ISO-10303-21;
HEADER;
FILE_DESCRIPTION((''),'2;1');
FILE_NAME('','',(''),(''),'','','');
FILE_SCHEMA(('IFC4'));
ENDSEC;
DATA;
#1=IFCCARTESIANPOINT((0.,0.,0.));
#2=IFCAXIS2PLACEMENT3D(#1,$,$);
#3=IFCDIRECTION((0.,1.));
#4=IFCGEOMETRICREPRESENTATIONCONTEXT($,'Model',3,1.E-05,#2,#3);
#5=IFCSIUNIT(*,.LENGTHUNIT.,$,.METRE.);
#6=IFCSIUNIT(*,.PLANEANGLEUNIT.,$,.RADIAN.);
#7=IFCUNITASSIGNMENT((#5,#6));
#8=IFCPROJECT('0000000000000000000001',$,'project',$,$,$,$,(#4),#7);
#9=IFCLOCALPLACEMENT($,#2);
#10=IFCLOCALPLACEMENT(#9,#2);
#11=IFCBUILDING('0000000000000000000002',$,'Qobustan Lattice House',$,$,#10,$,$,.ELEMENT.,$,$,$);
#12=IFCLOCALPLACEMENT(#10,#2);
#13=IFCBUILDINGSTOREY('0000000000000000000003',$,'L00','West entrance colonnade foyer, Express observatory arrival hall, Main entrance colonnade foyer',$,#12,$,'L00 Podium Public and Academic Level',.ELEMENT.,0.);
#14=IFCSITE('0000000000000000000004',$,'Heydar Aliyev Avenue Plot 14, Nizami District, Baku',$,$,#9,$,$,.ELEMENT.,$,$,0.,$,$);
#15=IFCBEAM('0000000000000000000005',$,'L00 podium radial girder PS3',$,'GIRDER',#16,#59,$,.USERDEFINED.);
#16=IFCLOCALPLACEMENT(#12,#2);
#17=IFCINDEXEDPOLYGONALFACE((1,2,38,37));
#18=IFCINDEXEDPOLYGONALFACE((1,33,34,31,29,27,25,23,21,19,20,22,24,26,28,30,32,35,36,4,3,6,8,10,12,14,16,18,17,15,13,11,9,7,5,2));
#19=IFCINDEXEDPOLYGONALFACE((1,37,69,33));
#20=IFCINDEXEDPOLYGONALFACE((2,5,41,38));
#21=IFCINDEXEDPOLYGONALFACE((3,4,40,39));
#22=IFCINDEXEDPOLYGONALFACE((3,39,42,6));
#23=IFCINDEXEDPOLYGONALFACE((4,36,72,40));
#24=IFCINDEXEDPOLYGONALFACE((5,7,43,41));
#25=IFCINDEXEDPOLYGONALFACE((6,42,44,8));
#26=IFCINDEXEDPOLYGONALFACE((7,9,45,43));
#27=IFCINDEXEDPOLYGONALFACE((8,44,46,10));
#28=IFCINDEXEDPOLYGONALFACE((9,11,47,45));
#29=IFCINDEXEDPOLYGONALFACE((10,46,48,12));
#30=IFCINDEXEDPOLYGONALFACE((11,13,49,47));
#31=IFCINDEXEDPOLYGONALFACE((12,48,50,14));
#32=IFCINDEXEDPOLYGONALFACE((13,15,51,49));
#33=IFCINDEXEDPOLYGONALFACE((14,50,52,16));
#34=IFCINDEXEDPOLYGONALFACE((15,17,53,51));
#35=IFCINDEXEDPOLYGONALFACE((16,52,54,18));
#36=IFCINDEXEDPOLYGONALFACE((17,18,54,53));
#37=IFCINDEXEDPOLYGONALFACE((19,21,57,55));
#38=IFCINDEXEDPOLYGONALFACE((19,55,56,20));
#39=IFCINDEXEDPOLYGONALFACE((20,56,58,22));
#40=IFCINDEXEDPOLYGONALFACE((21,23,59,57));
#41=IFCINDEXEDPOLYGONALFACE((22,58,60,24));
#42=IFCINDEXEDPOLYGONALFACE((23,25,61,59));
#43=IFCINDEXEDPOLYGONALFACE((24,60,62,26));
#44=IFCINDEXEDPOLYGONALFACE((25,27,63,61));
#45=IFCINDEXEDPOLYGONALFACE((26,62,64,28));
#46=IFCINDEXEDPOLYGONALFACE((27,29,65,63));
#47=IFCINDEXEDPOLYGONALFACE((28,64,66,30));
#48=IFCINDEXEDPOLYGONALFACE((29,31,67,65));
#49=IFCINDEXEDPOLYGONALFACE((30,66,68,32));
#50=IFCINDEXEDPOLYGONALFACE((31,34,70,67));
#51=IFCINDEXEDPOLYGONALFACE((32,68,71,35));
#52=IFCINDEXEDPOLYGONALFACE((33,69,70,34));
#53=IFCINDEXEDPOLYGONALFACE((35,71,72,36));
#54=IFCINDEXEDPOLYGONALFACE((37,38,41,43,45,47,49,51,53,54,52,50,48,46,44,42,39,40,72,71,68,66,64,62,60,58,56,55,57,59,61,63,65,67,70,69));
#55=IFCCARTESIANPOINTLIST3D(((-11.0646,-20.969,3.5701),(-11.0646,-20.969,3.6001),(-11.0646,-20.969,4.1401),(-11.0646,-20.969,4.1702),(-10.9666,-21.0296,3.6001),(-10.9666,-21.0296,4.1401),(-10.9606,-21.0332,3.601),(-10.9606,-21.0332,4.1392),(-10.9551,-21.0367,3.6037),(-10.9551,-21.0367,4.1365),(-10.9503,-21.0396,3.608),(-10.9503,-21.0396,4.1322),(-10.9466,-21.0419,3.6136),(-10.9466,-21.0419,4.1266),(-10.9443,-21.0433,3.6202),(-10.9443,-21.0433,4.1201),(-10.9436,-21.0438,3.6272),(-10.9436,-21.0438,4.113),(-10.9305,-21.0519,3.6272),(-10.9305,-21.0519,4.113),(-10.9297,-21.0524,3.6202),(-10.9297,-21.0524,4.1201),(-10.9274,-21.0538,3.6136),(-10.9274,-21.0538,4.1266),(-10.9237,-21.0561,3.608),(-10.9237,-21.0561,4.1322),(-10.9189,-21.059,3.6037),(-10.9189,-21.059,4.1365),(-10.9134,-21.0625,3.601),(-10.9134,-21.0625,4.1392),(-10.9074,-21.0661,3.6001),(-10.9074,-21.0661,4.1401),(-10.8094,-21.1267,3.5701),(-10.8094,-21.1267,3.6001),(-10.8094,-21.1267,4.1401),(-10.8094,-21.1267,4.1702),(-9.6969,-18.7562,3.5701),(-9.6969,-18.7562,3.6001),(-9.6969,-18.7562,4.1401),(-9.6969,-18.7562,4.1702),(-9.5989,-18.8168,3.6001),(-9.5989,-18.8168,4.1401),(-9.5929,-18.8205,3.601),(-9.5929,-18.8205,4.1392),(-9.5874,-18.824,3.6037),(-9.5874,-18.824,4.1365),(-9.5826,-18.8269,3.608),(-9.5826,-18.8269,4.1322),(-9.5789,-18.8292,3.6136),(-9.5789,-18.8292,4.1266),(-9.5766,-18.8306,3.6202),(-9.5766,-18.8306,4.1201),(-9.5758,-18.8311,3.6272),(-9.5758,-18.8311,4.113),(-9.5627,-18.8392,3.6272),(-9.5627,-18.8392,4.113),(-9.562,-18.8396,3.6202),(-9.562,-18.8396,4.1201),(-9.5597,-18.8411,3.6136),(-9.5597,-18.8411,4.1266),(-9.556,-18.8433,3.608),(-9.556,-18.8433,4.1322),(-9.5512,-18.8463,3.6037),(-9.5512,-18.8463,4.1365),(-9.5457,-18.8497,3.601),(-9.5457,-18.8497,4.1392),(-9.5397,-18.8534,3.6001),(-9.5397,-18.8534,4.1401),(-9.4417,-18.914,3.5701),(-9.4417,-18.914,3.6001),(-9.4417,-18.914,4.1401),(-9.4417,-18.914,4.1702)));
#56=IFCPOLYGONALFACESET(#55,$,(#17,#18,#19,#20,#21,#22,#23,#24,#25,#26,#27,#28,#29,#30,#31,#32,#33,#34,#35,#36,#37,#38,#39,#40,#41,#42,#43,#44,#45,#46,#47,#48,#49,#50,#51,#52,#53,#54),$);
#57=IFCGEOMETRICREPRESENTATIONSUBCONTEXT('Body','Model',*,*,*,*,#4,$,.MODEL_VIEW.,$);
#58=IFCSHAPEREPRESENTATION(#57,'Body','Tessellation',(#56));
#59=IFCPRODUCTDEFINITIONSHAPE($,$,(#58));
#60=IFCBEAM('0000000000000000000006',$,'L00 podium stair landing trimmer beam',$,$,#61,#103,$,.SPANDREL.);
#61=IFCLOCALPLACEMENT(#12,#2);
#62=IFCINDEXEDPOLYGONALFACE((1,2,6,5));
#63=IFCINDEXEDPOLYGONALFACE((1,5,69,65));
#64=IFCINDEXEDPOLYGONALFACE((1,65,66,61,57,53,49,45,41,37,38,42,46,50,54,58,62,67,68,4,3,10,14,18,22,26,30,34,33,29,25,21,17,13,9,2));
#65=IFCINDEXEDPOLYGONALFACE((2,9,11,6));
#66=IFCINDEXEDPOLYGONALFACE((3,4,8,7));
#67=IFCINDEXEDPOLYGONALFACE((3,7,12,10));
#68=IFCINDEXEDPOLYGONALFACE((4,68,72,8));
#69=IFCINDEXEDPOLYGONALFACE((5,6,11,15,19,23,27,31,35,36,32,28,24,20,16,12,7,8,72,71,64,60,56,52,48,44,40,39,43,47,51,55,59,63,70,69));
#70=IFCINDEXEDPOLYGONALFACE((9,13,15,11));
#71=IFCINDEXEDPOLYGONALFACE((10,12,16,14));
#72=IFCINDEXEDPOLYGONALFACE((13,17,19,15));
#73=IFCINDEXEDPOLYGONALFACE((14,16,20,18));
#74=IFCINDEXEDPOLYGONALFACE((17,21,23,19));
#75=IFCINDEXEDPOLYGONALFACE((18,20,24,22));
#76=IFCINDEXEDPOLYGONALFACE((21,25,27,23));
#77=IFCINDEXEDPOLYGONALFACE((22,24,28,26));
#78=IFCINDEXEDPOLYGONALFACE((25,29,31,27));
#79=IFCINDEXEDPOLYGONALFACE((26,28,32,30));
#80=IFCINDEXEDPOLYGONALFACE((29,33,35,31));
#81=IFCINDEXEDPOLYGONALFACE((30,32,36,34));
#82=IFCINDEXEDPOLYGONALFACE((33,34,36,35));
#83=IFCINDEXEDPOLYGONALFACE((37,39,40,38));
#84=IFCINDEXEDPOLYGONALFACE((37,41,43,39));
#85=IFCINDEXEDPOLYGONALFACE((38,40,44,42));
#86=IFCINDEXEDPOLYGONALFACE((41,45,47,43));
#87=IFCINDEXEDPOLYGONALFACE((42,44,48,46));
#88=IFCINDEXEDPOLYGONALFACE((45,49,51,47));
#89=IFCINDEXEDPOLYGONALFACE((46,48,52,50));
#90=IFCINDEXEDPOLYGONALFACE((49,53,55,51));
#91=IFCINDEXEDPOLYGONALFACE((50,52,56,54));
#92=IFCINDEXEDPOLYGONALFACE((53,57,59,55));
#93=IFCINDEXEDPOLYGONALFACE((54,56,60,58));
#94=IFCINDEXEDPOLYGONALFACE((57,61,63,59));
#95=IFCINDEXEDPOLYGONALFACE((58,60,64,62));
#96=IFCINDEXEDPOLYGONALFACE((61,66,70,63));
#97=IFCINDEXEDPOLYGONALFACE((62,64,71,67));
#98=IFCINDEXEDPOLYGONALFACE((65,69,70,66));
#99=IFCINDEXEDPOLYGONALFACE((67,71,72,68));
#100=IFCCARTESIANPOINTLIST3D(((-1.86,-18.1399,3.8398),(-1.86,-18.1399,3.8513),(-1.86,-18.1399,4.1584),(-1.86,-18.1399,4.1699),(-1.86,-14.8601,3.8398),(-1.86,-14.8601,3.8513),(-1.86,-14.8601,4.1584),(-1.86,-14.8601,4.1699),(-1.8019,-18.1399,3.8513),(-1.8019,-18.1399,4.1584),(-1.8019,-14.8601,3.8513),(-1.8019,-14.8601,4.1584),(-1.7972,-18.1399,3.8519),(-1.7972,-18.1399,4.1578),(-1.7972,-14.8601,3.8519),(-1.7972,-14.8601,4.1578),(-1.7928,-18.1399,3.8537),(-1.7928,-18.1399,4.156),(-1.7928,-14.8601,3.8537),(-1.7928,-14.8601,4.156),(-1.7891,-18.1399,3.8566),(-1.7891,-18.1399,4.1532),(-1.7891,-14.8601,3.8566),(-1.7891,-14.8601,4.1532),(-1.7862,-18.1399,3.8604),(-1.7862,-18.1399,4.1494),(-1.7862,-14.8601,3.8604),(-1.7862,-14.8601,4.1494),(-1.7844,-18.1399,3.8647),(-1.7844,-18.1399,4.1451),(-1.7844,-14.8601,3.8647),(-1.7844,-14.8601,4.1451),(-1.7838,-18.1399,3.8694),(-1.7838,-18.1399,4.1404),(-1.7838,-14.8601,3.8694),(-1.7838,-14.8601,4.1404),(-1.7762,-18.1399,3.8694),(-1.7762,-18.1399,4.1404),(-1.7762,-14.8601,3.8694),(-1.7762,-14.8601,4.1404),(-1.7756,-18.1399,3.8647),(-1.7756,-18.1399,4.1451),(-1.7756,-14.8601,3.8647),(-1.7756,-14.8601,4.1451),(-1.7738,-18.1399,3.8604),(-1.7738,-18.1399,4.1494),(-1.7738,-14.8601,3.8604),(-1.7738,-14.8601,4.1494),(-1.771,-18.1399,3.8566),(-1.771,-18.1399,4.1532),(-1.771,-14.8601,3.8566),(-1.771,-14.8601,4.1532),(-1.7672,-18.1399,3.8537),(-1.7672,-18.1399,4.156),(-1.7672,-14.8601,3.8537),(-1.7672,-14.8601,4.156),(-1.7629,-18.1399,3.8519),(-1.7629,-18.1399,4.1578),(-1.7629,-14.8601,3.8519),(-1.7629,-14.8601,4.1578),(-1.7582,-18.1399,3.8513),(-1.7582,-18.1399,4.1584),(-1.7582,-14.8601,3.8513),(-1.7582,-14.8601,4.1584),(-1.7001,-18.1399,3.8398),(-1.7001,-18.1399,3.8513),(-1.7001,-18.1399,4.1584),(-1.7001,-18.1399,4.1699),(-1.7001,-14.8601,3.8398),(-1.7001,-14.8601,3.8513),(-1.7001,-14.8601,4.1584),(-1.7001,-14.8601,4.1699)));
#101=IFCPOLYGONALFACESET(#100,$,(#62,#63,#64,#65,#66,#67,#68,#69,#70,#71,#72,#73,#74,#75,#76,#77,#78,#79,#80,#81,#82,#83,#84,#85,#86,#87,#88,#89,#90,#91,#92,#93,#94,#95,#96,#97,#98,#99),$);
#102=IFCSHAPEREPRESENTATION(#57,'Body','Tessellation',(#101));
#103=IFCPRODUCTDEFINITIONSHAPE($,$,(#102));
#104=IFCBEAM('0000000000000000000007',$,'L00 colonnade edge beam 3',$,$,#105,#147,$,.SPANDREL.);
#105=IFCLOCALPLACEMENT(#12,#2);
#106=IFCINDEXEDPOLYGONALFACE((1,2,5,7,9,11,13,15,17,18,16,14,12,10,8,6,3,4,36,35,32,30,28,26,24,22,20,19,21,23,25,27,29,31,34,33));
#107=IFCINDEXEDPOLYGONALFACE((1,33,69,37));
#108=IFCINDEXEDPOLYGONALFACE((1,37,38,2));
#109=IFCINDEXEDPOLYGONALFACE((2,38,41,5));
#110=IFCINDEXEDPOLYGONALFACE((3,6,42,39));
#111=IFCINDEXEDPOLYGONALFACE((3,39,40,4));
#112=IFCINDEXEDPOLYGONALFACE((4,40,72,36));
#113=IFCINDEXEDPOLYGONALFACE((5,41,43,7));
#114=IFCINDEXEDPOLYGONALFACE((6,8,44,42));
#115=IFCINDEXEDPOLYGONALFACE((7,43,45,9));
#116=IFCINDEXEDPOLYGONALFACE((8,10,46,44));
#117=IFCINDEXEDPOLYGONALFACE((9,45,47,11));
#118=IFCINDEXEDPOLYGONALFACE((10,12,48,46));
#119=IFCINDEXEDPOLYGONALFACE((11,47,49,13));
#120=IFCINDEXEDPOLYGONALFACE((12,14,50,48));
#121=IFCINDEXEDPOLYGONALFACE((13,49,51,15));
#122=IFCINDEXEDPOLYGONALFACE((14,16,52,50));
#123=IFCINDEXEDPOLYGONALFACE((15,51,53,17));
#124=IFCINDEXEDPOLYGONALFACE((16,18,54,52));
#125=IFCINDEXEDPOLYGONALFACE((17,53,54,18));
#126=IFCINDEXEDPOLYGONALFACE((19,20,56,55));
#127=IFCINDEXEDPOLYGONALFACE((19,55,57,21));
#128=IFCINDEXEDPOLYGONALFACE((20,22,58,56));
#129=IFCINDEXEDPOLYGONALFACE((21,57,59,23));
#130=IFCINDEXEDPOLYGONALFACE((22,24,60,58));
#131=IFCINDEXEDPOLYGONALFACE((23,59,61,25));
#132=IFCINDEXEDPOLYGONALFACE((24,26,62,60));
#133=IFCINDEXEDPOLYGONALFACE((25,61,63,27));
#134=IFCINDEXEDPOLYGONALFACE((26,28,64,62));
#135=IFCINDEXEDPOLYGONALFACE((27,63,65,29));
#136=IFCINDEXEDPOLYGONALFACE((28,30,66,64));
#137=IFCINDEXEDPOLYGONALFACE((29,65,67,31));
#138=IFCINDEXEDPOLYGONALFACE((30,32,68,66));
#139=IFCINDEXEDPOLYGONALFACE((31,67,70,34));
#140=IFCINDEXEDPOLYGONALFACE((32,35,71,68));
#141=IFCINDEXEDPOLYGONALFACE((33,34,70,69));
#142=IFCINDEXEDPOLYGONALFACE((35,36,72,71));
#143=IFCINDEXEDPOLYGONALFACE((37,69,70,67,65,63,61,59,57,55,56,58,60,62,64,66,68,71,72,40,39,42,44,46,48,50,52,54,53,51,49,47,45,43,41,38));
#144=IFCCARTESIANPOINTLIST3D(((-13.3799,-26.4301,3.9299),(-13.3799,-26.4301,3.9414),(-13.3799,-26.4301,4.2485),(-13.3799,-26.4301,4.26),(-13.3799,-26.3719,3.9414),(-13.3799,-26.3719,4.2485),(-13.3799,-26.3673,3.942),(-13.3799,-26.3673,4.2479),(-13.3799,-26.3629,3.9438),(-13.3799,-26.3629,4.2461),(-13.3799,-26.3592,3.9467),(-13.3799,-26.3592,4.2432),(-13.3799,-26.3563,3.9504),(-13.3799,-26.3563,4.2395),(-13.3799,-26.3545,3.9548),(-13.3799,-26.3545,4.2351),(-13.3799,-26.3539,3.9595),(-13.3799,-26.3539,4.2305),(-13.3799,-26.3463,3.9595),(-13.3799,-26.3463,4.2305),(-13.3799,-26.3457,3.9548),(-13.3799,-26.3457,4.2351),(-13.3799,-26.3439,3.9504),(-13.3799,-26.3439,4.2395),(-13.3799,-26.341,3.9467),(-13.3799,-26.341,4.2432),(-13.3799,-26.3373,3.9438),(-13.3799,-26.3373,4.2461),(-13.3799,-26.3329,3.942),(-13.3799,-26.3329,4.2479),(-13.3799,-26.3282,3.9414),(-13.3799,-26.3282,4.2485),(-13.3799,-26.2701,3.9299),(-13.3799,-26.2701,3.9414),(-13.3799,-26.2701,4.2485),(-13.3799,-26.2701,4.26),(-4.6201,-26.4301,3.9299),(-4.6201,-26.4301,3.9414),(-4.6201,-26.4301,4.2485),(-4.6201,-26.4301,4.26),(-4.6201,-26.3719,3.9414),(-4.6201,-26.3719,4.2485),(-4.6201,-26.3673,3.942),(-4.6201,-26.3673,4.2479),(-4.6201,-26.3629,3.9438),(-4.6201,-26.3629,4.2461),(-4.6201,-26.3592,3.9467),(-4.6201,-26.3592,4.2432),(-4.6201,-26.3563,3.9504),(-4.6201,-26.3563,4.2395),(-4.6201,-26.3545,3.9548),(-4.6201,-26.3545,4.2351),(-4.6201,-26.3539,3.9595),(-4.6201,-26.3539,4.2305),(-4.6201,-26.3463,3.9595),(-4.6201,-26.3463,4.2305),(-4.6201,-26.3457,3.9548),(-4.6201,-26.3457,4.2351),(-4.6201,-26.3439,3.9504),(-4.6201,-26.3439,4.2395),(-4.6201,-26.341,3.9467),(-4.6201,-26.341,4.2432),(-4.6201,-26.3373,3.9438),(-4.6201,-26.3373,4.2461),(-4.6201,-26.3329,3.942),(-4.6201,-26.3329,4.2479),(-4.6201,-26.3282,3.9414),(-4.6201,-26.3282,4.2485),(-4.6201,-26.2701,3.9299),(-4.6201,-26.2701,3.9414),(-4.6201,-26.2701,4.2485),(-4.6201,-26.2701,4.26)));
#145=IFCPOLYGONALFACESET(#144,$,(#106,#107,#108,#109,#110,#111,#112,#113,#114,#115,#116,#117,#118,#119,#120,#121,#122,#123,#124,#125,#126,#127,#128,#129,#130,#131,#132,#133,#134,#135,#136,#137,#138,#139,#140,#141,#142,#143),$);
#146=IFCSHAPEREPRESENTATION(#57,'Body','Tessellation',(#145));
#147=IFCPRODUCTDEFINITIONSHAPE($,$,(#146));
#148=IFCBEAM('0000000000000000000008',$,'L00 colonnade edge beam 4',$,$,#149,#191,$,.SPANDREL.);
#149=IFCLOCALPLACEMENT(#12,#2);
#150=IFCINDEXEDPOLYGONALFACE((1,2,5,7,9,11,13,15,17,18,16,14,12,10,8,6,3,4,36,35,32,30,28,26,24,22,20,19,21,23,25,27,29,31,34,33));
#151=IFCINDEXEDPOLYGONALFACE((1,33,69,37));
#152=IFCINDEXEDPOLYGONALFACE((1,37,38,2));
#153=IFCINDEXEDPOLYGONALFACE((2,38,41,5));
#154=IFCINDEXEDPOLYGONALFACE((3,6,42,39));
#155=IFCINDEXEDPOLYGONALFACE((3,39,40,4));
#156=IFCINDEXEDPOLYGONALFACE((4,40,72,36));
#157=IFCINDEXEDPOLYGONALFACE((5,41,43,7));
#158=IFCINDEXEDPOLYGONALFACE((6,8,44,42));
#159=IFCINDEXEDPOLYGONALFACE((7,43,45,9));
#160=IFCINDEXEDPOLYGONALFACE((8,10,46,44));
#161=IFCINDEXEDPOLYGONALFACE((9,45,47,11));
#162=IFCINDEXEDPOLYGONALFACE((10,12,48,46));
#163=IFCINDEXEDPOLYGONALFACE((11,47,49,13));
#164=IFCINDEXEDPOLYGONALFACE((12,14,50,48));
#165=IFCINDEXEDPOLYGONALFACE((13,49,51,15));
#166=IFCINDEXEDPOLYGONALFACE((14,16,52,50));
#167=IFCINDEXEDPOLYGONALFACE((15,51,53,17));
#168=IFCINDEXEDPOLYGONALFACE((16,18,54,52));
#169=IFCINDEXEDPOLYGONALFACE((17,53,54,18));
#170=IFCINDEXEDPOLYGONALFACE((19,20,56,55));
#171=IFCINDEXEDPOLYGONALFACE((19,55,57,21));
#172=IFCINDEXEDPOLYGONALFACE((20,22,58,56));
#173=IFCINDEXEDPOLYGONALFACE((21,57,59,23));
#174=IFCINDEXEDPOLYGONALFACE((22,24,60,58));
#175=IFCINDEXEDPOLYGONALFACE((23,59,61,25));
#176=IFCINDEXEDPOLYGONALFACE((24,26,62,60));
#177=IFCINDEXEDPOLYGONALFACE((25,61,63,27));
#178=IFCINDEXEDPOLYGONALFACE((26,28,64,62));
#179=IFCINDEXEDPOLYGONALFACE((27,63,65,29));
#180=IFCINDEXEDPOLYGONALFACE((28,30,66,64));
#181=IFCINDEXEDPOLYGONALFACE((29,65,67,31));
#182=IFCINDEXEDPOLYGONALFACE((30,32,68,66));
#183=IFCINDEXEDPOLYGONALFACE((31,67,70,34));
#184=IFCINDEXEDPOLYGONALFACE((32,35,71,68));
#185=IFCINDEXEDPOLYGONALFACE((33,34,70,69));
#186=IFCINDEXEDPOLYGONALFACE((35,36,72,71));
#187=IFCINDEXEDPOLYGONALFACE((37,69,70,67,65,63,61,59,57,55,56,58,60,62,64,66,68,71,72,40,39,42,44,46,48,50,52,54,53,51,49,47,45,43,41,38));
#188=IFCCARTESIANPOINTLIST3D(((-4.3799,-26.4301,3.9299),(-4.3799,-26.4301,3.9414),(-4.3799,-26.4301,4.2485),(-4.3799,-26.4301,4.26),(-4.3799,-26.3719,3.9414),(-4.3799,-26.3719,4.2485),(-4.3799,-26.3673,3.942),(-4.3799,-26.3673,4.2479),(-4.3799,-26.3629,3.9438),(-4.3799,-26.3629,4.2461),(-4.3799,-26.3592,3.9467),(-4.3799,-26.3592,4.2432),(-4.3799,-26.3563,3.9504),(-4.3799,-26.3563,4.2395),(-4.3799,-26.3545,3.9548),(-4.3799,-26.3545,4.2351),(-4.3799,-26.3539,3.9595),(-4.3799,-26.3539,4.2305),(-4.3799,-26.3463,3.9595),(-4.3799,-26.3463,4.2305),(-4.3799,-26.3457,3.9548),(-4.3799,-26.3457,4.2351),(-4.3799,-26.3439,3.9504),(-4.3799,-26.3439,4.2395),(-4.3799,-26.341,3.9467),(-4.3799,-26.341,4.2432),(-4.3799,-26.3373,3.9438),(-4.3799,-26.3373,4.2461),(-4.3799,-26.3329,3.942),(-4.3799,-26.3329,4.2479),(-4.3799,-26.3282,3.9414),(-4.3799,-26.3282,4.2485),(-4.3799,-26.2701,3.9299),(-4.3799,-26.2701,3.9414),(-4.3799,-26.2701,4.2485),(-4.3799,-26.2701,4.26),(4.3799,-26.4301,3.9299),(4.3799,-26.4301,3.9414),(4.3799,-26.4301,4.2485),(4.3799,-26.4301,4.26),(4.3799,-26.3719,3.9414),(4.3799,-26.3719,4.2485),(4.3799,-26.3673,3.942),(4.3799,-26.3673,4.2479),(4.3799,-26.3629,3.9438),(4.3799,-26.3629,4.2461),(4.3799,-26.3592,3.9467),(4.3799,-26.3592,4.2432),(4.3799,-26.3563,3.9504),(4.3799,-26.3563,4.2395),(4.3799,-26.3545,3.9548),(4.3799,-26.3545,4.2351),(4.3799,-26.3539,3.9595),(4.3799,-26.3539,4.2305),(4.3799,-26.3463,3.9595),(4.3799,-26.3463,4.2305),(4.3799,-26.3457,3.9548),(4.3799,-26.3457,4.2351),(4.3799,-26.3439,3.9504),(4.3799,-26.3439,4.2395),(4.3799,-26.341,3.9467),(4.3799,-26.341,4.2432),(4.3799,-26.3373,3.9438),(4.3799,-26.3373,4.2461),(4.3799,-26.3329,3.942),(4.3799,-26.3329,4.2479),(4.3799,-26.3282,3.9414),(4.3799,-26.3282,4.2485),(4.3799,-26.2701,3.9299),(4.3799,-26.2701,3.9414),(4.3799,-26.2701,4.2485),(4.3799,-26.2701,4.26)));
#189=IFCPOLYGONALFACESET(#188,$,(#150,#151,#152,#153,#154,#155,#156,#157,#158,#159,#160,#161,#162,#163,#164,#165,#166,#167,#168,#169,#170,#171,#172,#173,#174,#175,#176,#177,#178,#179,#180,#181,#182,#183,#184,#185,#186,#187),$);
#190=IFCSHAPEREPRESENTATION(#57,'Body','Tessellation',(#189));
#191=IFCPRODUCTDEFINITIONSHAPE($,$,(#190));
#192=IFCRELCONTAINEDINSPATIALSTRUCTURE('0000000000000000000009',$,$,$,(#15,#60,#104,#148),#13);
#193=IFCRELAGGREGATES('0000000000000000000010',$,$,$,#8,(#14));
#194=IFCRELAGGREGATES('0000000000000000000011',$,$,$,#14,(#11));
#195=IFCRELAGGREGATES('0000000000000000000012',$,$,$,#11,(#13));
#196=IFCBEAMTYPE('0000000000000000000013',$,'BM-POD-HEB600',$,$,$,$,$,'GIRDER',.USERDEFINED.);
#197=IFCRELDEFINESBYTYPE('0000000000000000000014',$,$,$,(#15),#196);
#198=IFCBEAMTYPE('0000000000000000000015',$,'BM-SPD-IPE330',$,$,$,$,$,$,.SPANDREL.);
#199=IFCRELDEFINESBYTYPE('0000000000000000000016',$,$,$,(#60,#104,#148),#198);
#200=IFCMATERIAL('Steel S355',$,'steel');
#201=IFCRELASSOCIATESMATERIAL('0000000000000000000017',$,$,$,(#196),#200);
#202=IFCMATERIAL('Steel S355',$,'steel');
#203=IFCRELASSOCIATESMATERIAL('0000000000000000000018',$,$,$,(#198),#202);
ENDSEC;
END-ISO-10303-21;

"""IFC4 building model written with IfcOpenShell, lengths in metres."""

from ifc_helpers import new_model, si_unit, direction, frame, origin, origin_2d, place, context, subcontext, project, spatial, i_section, extrude, material, material_profile, profile_set, type_object, element, save


model = new_model("IFC4")

# Units and contexts
model_context = context("Model", 3, precision=1e-05, world=origin(), true_north=direction((0.0, 1.0)))
body_context = subcontext(model_context, "Body", "Model", "MODEL_VIEW")
ifc_project = project(units=[si_unit("LENGTHUNIT", "METRE"), si_unit("PLANEANGLEUNIT", "RADIAN")], contexts=[model_context])

# Site, building, storey
site_placement = place(None, origin())
site = spatial("IfcSite", under=ifc_project, at=site_placement, Name="Heydar Aliyev Avenue Plot 14, Nizami District, Baku", CompositionType="ELEMENT", RefElevation=0.0)
building_placement = place(site_placement, origin())
building = spatial("IfcBuilding", under=site, at=building_placement, Name="Qobustan Lattice House", CompositionType="ELEMENT")
storey_placement = place(building_placement, origin())
storey = spatial("IfcBuildingStorey", under=building, at=storey_placement, Name="L00", Description="West entrance colonnade foyer, Express observatory arrival hall, Main entrance colonnade foyer", LongName="L00 Podium Public and Academic Level", CompositionType="ELEMENT", Elevation=0.0)

# Beams
ifc_material_1 = material(Name="Steel S355", Category="steel")
ifc_material_profile_1 = material_profile(ifc_material_1, i_section(OverallWidth=0.3, OverallDepth=0.6001, WebThickness=0.0154, FlangeThickness=0.03, FilletRadius=0.0271, at=origin_2d()), Name="HEB600")
ifc_profile_set_1 = profile_set([ifc_material_profile_1], Name="Steel S355")
beam_type_1 = type_object("IfcBeamType", Name="BM-POD-HEB600", ElementType="GIRDER", PredefinedType="USERDEFINED", material=ifc_profile_set_1)
beam_1_placement = place(storey_placement, frame((-10.937, -21.0479, 3.8701), z_axis=(0.525783, 0.850619, 0.0), x_axis=(-0.850619, 0.525783, 0.0)))
element("IfcBeam", 1, at=beam_1_placement, inside=storey, type_object=beam_type_1, Name="L00 podium radial girder PS3", ObjectType="GIRDER", PredefinedType="USERDEFINED", context=body_context, shape_type="SweptSolid", body=[
    extrude(i_section(OverallWidth=0.3, OverallDepth=0.6001, WebThickness=0.0154, FlangeThickness=0.03, FilletRadius=0.0271, at=origin_2d()), origin(), (0.0, 0.0, 1.0), 2.6013),
])
ifc_material_2 = material(Name="Steel S355", Category="steel")
ifc_material_profile_2 = material_profile(ifc_material_2, i_section(OverallWidth=0.1599, OverallDepth=0.3301, WebThickness=0.0076, FlangeThickness=0.0115, FilletRadius=0.0181, at=origin_2d()), Name="IPE330")
ifc_profile_set_2 = profile_set([ifc_material_profile_2], Name="Steel S355")
beam_type_2 = type_object("IfcBeamType", Name="BM-SPD-IPE330", PredefinedType="SPANDREL", material=ifc_profile_set_2)
beam_2_placement = place(storey_placement, frame((-1.78, -18.1399, 4.0049), z_axis=(0.0, 1.0, 0.0), x_axis=(-1.0, 0.0, 0.0)))
element("IfcBeam", 2, at=beam_2_placement, inside=storey, type_object=beam_type_2, Name="L00 podium stair landing trimmer beam", PredefinedType="SPANDREL", context=body_context, shape_type="SweptSolid", body=[
    extrude(i_section(OverallWidth=0.1599, OverallDepth=0.3301, WebThickness=0.0076, FlangeThickness=0.0115, FilletRadius=0.0181, at=origin_2d()), origin(), (0.0, 0.0, 1.0), 3.2798),
])
for number, where, z_axis, x_axis, name in (
    (3, (-13.3799, -26.3501, 4.095), (1.0, 0.0, 0.0), (0.0, 1.0, 0.0), "L00 colonnade edge beam 3"),
    (4, (-4.3799, -26.3501, 4.095), (1.0, 0.0, 0.0), (0.0, 1.0, 0.0), "L00 colonnade edge beam 4"),
):
    element("IfcBeam", number, at=place(storey_placement, frame(where, z_axis=z_axis, x_axis=x_axis)), inside=storey, type_object=beam_type_2, Name=name, PredefinedType="SPANDREL", context=body_context, shape_type="SweptSolid", body=[
        extrude(i_section(OverallWidth=0.1599, OverallDepth=0.3301, WebThickness=0.0076, FlangeThickness=0.0115, FilletRadius=0.0181, at=origin_2d()), origin(), (0.0, 0.0, 1.0), 8.7598),
    ])

save(model, "model.ifc")
